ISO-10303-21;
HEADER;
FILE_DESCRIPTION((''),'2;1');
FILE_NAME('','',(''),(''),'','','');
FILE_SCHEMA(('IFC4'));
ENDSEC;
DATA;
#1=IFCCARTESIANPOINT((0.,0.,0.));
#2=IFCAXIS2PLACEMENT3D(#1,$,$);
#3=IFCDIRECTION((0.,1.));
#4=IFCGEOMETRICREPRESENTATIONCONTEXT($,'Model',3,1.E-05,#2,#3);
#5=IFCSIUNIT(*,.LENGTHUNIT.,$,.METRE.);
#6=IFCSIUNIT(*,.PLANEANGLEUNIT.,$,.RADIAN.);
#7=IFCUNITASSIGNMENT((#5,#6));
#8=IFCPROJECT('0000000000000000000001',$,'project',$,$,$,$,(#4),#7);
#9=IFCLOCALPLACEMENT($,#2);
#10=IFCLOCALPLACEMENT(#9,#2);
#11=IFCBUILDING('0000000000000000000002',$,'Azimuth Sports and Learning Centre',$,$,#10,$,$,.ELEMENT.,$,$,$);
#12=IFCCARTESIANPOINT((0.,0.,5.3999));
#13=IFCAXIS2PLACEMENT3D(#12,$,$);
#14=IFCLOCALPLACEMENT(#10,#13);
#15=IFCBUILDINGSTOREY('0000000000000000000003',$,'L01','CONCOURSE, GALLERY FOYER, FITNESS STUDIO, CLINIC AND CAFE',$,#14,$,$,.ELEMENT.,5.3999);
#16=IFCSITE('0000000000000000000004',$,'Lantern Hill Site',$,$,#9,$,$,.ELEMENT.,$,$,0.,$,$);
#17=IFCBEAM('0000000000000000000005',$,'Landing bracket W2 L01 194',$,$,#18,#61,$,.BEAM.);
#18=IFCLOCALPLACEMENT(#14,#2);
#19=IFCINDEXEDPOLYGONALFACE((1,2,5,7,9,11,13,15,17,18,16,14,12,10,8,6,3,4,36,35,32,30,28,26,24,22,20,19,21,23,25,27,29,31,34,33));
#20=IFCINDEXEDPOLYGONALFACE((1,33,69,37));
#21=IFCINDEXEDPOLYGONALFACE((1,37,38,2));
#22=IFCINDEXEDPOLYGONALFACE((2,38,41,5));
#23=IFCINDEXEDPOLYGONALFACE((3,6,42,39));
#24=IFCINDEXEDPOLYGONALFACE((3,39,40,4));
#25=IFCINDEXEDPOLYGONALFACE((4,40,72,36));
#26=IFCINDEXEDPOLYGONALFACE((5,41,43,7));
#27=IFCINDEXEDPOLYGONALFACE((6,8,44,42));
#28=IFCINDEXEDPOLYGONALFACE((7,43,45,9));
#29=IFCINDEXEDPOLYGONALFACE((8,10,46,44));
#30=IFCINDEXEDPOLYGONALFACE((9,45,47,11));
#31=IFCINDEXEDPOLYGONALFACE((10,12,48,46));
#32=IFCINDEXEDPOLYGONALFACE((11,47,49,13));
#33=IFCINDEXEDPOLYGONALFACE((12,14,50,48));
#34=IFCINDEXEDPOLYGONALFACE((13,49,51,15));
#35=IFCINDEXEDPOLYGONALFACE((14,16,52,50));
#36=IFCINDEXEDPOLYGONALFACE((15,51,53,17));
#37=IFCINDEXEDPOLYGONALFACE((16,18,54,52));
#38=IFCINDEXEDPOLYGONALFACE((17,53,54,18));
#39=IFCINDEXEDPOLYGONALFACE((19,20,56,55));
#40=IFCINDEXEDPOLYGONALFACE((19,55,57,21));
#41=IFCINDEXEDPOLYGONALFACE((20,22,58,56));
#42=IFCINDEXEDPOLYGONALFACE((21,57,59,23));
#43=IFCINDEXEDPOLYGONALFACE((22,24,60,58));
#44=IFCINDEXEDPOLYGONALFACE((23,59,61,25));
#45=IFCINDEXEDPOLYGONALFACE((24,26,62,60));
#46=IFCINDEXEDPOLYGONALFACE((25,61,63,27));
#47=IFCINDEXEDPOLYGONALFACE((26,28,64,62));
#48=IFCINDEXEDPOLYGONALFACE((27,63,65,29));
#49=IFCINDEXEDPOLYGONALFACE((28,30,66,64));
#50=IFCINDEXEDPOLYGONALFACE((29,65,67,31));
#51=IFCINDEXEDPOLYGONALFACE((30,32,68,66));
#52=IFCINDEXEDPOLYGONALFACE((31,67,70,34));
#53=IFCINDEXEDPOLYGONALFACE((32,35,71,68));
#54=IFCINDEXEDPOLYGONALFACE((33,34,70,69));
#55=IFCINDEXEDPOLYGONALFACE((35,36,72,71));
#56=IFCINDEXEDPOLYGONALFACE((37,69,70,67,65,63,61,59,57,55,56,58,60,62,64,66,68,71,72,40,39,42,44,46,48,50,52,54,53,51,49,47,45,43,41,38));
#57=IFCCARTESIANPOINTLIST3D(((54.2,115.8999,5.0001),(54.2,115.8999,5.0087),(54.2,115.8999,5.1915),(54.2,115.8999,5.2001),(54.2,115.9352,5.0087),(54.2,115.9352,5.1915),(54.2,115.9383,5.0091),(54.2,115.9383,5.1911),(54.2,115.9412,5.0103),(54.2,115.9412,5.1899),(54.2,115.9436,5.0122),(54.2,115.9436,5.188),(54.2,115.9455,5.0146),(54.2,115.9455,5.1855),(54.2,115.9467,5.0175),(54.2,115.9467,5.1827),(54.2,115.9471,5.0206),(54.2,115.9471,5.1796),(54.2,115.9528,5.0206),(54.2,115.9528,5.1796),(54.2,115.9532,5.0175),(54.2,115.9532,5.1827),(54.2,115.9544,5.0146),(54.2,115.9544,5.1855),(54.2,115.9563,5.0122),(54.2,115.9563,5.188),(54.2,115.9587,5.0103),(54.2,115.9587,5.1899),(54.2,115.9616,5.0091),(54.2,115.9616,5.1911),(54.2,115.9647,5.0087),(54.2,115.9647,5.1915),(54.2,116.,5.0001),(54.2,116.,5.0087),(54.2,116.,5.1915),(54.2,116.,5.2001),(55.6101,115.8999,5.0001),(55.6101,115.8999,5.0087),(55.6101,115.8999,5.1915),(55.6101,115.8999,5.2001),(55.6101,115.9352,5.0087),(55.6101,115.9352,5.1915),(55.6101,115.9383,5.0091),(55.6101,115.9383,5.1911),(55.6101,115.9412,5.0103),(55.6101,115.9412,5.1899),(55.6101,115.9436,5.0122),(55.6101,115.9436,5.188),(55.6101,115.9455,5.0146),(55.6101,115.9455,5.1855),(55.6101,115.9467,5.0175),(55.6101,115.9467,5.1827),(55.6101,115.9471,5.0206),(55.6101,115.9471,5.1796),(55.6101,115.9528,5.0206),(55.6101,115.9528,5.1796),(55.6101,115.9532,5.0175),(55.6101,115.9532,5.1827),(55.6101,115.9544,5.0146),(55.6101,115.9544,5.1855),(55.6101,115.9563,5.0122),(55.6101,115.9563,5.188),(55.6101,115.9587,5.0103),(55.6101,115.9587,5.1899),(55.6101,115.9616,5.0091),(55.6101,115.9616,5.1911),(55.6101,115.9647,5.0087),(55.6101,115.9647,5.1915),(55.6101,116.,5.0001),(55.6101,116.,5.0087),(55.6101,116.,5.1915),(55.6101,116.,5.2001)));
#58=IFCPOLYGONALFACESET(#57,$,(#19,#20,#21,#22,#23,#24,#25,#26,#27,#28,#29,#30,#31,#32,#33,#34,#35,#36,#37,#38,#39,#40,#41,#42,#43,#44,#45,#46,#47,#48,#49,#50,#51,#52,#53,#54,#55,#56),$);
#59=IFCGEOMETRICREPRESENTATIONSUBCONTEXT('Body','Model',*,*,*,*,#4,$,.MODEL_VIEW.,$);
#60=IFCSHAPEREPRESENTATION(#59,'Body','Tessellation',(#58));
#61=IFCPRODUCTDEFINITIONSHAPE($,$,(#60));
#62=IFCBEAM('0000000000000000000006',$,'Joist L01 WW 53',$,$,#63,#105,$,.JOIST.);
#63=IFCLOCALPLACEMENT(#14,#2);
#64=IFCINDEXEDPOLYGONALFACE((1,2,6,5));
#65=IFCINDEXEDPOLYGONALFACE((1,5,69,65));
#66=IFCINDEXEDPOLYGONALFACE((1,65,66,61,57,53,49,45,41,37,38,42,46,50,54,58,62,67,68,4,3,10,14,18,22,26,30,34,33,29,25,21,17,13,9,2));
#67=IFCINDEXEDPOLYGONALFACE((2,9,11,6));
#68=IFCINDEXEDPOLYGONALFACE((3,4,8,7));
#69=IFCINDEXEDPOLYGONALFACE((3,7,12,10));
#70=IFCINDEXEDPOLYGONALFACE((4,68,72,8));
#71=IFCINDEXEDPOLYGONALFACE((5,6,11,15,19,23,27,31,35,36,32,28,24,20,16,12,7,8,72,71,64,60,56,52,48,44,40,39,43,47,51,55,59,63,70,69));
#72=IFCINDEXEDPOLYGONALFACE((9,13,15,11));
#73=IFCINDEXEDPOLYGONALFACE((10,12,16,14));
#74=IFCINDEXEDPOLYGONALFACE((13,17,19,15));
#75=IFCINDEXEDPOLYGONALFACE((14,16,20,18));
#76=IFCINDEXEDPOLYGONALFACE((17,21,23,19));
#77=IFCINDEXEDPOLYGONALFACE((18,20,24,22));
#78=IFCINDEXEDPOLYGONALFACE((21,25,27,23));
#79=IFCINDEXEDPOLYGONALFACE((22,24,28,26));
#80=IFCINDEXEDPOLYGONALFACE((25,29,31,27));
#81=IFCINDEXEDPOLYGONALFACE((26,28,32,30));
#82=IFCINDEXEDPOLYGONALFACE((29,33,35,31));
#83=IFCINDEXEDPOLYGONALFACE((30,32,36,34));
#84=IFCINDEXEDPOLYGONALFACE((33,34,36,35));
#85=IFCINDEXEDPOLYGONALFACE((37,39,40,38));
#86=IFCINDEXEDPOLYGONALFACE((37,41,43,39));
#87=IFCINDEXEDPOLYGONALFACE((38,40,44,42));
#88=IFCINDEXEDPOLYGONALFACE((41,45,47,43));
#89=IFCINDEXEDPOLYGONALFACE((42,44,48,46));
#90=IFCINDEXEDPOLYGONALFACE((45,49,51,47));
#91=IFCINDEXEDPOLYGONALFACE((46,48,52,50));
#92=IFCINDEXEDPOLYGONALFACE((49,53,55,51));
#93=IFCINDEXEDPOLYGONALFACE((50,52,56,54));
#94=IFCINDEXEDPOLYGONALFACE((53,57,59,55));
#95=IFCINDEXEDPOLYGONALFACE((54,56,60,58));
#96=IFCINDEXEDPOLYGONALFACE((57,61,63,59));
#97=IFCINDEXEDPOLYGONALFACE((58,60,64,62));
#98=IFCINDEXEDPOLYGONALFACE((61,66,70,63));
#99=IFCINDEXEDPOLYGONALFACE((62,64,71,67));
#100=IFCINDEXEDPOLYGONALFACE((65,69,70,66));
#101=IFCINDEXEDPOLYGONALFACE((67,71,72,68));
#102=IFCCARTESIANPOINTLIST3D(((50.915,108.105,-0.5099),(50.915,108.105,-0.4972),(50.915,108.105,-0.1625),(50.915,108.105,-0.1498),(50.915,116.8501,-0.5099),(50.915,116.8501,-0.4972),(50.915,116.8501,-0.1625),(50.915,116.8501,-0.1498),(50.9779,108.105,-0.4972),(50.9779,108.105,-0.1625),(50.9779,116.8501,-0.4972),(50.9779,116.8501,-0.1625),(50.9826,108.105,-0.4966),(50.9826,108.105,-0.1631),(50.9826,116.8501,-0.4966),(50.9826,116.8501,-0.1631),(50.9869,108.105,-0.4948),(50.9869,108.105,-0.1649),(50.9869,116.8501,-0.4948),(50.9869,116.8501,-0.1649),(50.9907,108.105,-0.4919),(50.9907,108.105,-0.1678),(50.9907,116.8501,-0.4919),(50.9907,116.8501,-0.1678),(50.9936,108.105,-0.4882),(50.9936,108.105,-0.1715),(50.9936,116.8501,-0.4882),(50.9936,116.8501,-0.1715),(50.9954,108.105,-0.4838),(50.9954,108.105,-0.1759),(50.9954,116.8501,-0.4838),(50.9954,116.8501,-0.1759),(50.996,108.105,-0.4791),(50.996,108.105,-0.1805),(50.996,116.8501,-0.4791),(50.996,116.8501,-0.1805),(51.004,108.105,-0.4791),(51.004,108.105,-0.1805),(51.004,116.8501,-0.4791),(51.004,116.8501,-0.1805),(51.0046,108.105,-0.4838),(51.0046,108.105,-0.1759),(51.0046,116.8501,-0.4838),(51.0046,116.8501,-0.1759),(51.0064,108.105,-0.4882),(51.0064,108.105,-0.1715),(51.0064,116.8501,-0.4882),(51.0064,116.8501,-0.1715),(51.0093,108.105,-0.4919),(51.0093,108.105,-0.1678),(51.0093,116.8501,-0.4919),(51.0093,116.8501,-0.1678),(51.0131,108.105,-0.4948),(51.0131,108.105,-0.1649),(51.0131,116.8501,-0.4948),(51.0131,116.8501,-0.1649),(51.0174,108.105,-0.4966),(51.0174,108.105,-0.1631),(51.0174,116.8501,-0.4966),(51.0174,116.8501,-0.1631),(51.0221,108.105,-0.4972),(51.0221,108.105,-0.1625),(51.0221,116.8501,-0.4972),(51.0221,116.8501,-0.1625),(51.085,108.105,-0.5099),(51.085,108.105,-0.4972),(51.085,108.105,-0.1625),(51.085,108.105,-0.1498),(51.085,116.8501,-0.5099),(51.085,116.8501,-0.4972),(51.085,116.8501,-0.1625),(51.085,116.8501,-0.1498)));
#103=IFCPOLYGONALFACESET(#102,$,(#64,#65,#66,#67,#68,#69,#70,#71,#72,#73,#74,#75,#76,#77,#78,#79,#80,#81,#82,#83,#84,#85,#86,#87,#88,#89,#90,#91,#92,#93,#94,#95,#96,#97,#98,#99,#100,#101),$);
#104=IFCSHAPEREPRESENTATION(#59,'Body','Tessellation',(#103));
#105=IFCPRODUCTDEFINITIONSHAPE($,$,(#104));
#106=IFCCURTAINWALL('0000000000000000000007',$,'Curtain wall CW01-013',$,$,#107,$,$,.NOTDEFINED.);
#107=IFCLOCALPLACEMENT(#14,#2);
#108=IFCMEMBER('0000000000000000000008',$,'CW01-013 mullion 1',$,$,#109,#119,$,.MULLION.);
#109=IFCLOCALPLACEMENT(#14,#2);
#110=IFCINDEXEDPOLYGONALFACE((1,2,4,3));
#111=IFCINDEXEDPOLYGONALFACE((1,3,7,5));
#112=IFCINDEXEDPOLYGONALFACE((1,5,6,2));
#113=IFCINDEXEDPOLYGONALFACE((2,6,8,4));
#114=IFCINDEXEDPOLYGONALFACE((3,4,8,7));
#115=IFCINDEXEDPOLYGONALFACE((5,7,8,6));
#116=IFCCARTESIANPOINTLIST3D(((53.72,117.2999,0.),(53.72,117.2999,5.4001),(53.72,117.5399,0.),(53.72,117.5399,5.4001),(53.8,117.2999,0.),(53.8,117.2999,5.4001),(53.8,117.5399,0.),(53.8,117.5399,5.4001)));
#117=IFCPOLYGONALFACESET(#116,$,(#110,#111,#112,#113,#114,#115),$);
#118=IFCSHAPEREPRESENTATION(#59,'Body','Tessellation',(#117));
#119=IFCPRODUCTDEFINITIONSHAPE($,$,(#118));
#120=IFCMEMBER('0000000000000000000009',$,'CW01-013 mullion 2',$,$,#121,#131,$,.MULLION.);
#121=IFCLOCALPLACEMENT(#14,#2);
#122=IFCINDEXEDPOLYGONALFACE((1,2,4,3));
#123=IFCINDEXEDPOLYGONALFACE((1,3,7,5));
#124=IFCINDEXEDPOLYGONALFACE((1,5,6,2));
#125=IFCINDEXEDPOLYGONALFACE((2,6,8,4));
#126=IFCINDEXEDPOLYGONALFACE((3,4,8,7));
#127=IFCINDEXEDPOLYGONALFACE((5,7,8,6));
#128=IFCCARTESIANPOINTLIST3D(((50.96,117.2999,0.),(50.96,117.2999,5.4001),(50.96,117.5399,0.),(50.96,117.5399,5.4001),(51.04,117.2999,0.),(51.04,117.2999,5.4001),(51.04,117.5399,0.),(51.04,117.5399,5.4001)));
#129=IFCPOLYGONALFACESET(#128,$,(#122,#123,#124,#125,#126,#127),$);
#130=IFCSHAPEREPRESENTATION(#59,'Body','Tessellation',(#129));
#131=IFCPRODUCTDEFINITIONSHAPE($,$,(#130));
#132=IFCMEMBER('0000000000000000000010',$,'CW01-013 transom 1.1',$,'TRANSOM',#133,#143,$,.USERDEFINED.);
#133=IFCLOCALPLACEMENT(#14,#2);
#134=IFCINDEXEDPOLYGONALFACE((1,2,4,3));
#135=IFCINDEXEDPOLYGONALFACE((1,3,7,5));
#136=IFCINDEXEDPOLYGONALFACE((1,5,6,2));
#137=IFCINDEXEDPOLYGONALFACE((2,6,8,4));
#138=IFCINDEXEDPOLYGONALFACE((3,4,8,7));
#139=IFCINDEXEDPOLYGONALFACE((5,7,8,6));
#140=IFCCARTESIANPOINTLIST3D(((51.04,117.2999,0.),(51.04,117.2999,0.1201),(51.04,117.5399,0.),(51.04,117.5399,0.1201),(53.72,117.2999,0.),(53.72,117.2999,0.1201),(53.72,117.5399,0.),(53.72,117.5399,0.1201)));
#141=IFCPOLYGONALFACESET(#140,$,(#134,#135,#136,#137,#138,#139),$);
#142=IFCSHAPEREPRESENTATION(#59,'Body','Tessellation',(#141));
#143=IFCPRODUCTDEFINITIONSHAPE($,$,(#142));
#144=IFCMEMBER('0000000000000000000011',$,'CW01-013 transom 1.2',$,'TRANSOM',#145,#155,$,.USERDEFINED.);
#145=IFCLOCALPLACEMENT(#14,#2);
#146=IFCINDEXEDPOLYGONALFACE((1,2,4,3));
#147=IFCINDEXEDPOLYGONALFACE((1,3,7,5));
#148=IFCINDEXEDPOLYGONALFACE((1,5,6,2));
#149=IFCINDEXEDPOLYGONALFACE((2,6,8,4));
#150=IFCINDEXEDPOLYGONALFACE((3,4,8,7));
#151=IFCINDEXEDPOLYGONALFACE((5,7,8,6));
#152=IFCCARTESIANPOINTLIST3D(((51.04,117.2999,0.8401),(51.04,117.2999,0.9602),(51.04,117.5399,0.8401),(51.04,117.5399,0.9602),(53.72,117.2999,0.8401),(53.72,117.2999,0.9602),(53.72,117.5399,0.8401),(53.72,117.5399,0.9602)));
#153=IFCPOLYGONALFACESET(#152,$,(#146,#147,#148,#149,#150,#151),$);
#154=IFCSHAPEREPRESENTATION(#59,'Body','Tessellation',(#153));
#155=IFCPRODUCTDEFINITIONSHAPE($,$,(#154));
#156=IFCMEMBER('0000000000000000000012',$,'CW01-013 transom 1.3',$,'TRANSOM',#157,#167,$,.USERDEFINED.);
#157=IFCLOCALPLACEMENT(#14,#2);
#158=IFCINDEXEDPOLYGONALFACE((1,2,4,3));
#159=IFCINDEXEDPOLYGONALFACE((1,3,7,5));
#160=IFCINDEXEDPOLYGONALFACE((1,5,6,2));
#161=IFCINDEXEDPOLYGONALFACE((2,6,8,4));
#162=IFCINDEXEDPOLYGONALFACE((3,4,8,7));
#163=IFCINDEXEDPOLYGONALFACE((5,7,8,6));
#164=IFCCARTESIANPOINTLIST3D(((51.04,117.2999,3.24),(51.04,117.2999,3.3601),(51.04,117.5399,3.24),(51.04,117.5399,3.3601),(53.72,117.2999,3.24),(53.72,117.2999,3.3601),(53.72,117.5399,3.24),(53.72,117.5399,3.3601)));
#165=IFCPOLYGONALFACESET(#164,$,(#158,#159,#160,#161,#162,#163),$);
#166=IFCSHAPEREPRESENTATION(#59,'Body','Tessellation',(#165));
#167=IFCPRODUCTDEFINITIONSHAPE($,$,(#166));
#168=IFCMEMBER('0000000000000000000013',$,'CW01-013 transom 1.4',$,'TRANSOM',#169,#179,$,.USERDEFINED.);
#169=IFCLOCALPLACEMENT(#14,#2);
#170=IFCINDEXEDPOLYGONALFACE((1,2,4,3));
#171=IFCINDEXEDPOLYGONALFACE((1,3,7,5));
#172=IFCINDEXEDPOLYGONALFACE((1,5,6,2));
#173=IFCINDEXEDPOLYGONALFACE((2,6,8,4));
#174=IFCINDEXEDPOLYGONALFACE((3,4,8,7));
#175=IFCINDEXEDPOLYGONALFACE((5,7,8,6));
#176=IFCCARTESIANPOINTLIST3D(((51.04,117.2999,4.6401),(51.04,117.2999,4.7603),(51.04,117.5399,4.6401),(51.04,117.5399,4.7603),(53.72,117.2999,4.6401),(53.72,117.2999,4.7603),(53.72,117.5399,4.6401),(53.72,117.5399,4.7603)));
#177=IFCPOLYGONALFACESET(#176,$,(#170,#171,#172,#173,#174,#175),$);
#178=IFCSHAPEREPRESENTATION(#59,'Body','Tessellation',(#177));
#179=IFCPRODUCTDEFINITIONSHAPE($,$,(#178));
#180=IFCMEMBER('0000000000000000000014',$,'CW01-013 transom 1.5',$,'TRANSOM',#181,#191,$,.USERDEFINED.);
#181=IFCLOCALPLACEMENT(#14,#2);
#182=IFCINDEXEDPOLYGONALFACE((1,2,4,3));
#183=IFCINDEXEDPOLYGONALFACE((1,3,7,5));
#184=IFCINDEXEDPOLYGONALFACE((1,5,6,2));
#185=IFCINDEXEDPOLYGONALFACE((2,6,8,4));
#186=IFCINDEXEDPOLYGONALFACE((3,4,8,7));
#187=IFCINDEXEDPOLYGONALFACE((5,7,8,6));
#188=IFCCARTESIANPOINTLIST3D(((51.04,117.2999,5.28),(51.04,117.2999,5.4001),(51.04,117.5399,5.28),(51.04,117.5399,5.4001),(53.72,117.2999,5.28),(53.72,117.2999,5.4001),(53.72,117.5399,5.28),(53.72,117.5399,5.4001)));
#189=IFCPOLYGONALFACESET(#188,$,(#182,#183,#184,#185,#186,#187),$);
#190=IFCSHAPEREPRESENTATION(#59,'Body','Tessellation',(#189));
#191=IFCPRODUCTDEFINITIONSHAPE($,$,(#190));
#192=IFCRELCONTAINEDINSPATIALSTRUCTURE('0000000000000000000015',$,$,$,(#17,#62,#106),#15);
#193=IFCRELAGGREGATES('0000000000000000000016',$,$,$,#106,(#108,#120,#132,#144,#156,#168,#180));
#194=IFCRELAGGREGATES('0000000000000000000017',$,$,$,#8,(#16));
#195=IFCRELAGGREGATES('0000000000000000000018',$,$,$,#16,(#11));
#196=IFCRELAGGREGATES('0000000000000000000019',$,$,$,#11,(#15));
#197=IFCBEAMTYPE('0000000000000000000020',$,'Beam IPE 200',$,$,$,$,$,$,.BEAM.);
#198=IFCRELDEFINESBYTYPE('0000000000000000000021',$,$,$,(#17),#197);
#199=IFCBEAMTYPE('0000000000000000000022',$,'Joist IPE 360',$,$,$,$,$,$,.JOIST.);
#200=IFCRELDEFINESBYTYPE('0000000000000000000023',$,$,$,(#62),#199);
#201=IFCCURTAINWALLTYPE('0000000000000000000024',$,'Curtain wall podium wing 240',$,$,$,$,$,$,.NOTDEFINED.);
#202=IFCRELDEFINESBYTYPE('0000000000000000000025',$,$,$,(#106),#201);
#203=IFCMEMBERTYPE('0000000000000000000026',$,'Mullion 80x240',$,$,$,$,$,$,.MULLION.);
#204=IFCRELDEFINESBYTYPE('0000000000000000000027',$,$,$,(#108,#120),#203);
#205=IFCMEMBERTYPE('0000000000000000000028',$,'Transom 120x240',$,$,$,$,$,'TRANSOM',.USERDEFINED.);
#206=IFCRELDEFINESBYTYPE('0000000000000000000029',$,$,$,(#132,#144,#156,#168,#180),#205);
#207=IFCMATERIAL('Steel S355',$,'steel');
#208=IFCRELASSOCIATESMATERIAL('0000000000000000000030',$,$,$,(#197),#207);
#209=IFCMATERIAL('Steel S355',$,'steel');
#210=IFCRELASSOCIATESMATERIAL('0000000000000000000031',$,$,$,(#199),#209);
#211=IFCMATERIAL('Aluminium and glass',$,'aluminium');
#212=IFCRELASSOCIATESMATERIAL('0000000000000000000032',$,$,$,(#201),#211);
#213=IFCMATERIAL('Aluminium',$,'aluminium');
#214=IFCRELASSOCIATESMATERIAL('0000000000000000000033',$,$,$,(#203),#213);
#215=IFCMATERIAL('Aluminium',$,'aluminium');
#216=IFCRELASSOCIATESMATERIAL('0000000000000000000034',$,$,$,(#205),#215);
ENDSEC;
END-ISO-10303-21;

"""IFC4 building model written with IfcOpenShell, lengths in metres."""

from ifc_helpers import new_model, si_unit, direction, frame, origin, origin_2d, place, context, subcontext, project, spatial, rectangle, i_section, extrude, material, material_profile, profile_set, type_object, element, aggregate, save


model = new_model("IFC4")

# Units and contexts
model_context = context("Model", 3, precision=1e-05, world=origin(), true_north=direction((0.0, 1.0)))
body_context = subcontext(model_context, "Body", "Model", "MODEL_VIEW")
ifc_project = project(units=[si_unit("LENGTHUNIT", "METRE"), si_unit("PLANEANGLEUNIT", "RADIAN")], contexts=[model_context])

# Site, building, storey
site_placement = place(None, origin())
site = spatial("IfcSite", under=ifc_project, at=site_placement, Name="Lantern Hill Site", CompositionType="ELEMENT", RefElevation=0.0)
building_placement = place(site_placement, origin())
building = spatial("IfcBuilding", under=site, at=building_placement, Name="Azimuth Sports and Learning Centre", CompositionType="ELEMENT")
storey_placement = place(building_placement, frame((0.0, 0.0, 5.3999)))
storey = spatial("IfcBuildingStorey", under=building, at=storey_placement, Name="L01", Description="CONCOURSE, GALLERY FOYER, FITNESS STUDIO, CLINIC AND CAFE", CompositionType="ELEMENT", Elevation=5.3999)

# Beams
ifc_material_1 = material(Name="Steel S355", Category="steel")
ifc_material_profile_1 = material_profile(ifc_material_1, i_section(OverallWidth=0.1001, OverallDepth=0.2, WebThickness=0.0056, FlangeThickness=0.0085, FilletRadius=0.012, at=origin_2d()), Name="IPE 200")
ifc_profile_set_1 = profile_set([ifc_material_profile_1], Name="Steel S355")
beam_type_1 = type_object("IfcBeamType", Name="Beam IPE 200", PredefinedType="BEAM", material=ifc_profile_set_1)
for number, where, z_axis, x_axis, name in (
    (1, (54.2, 115.95, 5.1001), (1.0, 0.0, 0.0), (0.0, 1.0, 0.0), "Landing bracket W2 L01 194"),
):
    element("IfcBeam", number, at=place(storey_placement, frame(where, z_axis=z_axis, x_axis=x_axis)), inside=storey, type_object=beam_type_1, Name=name, PredefinedType="BEAM", context=body_context, shape_type="SweptSolid", body=[
        extrude(i_section(OverallWidth=0.1001, OverallDepth=0.2, WebThickness=0.0056, FlangeThickness=0.0085, FilletRadius=0.012, at=origin_2d()), origin(), (0.0, 0.0, 1.0), 1.4102),
    ])
ifc_material_2 = material(Name="Steel S355", Category="steel")
ifc_material_profile_2 = material_profile(ifc_material_2, i_section(OverallWidth=0.1699, OverallDepth=0.3601, WebThickness=0.0081, FlangeThickness=0.0127, FilletRadius=0.0181, at=origin_2d()), Name="IPE 360")
ifc_profile_set_2 = profile_set([ifc_material_profile_2], Name="Steel S355")
beam_type_2 = type_object("IfcBeamType", Name="Joist IPE 360", PredefinedType="JOIST", material=ifc_profile_set_2)
beam_placement = place(storey_placement, frame((51.0, 108.105, -0.3298), z_axis=(0.0, 1.0, 0.0), x_axis=(-1.0, 0.0, 0.0)))
element("IfcBeam", 2, at=beam_placement, inside=storey, type_object=beam_type_2, Name="Joist L01 WW 53", PredefinedType="JOIST", context=body_context, shape_type="SweptSolid", body=[
    extrude(i_section(OverallWidth=0.1699, OverallDepth=0.3601, WebThickness=0.0081, FlangeThickness=0.0127, FilletRadius=0.0181, at=origin_2d()), origin(), (0.0, 0.0, 1.0), 8.7451),
])

# Curtain wall, members
ifc_material_3 = material(Name="Aluminium and glass", Category="aluminium")
curtain_wall_type = type_object("IfcCurtainWallType", Name="Curtain wall podium wing 240", PredefinedType="NOTDEFINED", material=ifc_material_3)
curtain_wall_placement = place(storey_placement, origin())
curtain_wall = element("IfcCurtainWall", 3, at=curtain_wall_placement, inside=storey, type_object=curtain_wall_type, Name="Curtain wall CW01-013", PredefinedType="NOTDEFINED")
ifc_material_4 = material(Name="Aluminium", Category="aluminium")
ifc_material_profile_3 = material_profile(ifc_material_4, rectangle(XDim=0.24, YDim=0.0801, at=origin_2d()), Name="Mullion 80x240")
ifc_profile_set_3 = profile_set([ifc_material_profile_3], Name="Aluminium")
member_type_1 = type_object("IfcMemberType", Name="Mullion 80x240", PredefinedType="MULLION", material=ifc_profile_set_3)
member_1_placement = place(storey_placement, frame((53.76, 117.4199, 0.0), z_axis=(0.0, 0.0, 1.0), x_axis=(0.0, -1.0, 0.0)))
member_1 = element("IfcMember", 4, at=member_1_placement, type_object=member_type_1, Name="CW01-013 mullion 1", PredefinedType="MULLION", context=body_context, shape_type="SweptSolid", body=[
    extrude(rectangle(XDim=0.24, YDim=0.0801, at=origin_2d()), origin(), (0.0, 0.0, 1.0), 5.4001),
])
member_2_placement = place(storey_placement, frame((51.0, 117.4199, 0.0), z_axis=(0.0, 0.0, 1.0), x_axis=(0.0, -1.0, 0.0)))
member_2 = element("IfcMember", 5, at=member_2_placement, type_object=member_type_1, Name="CW01-013 mullion 2", PredefinedType="MULLION", context=body_context, shape_type="SweptSolid", body=[
    extrude(rectangle(XDim=0.24, YDim=0.0801, at=origin_2d()), origin(), (0.0, 0.0, 1.0), 5.4001),
])
ifc_material_5 = material(Name="Aluminium", Category="aluminium")
ifc_material_profile_4 = material_profile(ifc_material_5, rectangle(XDim=0.24, YDim=0.1201, at=origin_2d()), Name="Transom 120x240")
ifc_profile_set_4 = profile_set([ifc_material_profile_4], Name="Aluminium")
member_type_2 = type_object("IfcMemberType", Name="Transom 120x240", ElementType="TRANSOM", PredefinedType="USERDEFINED", material=ifc_profile_set_4)
member_3_placement = place(storey_placement, frame((53.72, 117.4199, 0.0601), z_axis=(-1.0, 0.0, 0.0), x_axis=(0.0, -1.0, 0.0)))
member_3 = element("IfcMember", 6, at=member_3_placement, type_object=member_type_2, Name="CW01-013 transom 1.1", ObjectType="TRANSOM", PredefinedType="USERDEFINED", context=body_context, shape_type="SweptSolid", body=[
    extrude(rectangle(XDim=0.24, YDim=0.1201, at=origin_2d()), origin(), (0.0, 0.0, 1.0), 2.6799),
])
member_4_placement = place(storey_placement, frame((53.72, 117.4199, 0.9001), z_axis=(-1.0, 0.0, 0.0), x_axis=(0.0, -1.0, 0.0)))
member_4 = element("IfcMember", 7, at=member_4_placement, type_object=member_type_2, Name="CW01-013 transom 1.2", ObjectType="TRANSOM", PredefinedType="USERDEFINED", context=body_context, shape_type="SweptSolid", body=[
    extrude(rectangle(XDim=0.24, YDim=0.1201, at=origin_2d()), origin(), (0.0, 0.0, 1.0), 2.6799),
])
member_5_placement = place(storey_placement, frame((53.72, 117.4199, 3.3), z_axis=(-1.0, 0.0, 0.0), x_axis=(0.0, -1.0, 0.0)))
member_5 = element("IfcMember", 8, at=member_5_placement, type_object=member_type_2, Name="CW01-013 transom 1.3", ObjectType="TRANSOM", PredefinedType="USERDEFINED", context=body_context, shape_type="SweptSolid", body=[
    extrude(rectangle(XDim=0.24, YDim=0.1201, at=origin_2d()), origin(), (0.0, 0.0, 1.0), 2.6799),
])
member_6_placement = place(storey_placement, frame((53.72, 117.4199, 4.7002), z_axis=(-1.0, 0.0, 0.0), x_axis=(0.0, -1.0, 0.0)))
member_6 = element("IfcMember", 9, at=member_6_placement, type_object=member_type_2, Name="CW01-013 transom 1.4", ObjectType="TRANSOM", PredefinedType="USERDEFINED", context=body_context, shape_type="SweptSolid", body=[
    extrude(rectangle(XDim=0.24, YDim=0.1201, at=origin_2d()), origin(), (0.0, 0.0, 1.0), 2.6799),
])
member_7_placement = place(storey_placement, frame((53.72, 117.4199, 5.3401), z_axis=(-1.0, 0.0, 0.0), x_axis=(0.0, -1.0, 0.0)))
member_7 = element("IfcMember", 10, at=member_7_placement, type_object=member_type_2, Name="CW01-013 transom 1.5", ObjectType="TRANSOM", PredefinedType="USERDEFINED", context=body_context, shape_type="SweptSolid", body=[
    extrude(rectangle(XDim=0.24, YDim=0.1201, at=origin_2d()), origin(), (0.0, 0.0, 1.0), 2.6799),
])
aggregate(curtain_wall, [member_1, member_2, member_3, member_4, member_5, member_6, member_7])

save(model, "model.ifc")
